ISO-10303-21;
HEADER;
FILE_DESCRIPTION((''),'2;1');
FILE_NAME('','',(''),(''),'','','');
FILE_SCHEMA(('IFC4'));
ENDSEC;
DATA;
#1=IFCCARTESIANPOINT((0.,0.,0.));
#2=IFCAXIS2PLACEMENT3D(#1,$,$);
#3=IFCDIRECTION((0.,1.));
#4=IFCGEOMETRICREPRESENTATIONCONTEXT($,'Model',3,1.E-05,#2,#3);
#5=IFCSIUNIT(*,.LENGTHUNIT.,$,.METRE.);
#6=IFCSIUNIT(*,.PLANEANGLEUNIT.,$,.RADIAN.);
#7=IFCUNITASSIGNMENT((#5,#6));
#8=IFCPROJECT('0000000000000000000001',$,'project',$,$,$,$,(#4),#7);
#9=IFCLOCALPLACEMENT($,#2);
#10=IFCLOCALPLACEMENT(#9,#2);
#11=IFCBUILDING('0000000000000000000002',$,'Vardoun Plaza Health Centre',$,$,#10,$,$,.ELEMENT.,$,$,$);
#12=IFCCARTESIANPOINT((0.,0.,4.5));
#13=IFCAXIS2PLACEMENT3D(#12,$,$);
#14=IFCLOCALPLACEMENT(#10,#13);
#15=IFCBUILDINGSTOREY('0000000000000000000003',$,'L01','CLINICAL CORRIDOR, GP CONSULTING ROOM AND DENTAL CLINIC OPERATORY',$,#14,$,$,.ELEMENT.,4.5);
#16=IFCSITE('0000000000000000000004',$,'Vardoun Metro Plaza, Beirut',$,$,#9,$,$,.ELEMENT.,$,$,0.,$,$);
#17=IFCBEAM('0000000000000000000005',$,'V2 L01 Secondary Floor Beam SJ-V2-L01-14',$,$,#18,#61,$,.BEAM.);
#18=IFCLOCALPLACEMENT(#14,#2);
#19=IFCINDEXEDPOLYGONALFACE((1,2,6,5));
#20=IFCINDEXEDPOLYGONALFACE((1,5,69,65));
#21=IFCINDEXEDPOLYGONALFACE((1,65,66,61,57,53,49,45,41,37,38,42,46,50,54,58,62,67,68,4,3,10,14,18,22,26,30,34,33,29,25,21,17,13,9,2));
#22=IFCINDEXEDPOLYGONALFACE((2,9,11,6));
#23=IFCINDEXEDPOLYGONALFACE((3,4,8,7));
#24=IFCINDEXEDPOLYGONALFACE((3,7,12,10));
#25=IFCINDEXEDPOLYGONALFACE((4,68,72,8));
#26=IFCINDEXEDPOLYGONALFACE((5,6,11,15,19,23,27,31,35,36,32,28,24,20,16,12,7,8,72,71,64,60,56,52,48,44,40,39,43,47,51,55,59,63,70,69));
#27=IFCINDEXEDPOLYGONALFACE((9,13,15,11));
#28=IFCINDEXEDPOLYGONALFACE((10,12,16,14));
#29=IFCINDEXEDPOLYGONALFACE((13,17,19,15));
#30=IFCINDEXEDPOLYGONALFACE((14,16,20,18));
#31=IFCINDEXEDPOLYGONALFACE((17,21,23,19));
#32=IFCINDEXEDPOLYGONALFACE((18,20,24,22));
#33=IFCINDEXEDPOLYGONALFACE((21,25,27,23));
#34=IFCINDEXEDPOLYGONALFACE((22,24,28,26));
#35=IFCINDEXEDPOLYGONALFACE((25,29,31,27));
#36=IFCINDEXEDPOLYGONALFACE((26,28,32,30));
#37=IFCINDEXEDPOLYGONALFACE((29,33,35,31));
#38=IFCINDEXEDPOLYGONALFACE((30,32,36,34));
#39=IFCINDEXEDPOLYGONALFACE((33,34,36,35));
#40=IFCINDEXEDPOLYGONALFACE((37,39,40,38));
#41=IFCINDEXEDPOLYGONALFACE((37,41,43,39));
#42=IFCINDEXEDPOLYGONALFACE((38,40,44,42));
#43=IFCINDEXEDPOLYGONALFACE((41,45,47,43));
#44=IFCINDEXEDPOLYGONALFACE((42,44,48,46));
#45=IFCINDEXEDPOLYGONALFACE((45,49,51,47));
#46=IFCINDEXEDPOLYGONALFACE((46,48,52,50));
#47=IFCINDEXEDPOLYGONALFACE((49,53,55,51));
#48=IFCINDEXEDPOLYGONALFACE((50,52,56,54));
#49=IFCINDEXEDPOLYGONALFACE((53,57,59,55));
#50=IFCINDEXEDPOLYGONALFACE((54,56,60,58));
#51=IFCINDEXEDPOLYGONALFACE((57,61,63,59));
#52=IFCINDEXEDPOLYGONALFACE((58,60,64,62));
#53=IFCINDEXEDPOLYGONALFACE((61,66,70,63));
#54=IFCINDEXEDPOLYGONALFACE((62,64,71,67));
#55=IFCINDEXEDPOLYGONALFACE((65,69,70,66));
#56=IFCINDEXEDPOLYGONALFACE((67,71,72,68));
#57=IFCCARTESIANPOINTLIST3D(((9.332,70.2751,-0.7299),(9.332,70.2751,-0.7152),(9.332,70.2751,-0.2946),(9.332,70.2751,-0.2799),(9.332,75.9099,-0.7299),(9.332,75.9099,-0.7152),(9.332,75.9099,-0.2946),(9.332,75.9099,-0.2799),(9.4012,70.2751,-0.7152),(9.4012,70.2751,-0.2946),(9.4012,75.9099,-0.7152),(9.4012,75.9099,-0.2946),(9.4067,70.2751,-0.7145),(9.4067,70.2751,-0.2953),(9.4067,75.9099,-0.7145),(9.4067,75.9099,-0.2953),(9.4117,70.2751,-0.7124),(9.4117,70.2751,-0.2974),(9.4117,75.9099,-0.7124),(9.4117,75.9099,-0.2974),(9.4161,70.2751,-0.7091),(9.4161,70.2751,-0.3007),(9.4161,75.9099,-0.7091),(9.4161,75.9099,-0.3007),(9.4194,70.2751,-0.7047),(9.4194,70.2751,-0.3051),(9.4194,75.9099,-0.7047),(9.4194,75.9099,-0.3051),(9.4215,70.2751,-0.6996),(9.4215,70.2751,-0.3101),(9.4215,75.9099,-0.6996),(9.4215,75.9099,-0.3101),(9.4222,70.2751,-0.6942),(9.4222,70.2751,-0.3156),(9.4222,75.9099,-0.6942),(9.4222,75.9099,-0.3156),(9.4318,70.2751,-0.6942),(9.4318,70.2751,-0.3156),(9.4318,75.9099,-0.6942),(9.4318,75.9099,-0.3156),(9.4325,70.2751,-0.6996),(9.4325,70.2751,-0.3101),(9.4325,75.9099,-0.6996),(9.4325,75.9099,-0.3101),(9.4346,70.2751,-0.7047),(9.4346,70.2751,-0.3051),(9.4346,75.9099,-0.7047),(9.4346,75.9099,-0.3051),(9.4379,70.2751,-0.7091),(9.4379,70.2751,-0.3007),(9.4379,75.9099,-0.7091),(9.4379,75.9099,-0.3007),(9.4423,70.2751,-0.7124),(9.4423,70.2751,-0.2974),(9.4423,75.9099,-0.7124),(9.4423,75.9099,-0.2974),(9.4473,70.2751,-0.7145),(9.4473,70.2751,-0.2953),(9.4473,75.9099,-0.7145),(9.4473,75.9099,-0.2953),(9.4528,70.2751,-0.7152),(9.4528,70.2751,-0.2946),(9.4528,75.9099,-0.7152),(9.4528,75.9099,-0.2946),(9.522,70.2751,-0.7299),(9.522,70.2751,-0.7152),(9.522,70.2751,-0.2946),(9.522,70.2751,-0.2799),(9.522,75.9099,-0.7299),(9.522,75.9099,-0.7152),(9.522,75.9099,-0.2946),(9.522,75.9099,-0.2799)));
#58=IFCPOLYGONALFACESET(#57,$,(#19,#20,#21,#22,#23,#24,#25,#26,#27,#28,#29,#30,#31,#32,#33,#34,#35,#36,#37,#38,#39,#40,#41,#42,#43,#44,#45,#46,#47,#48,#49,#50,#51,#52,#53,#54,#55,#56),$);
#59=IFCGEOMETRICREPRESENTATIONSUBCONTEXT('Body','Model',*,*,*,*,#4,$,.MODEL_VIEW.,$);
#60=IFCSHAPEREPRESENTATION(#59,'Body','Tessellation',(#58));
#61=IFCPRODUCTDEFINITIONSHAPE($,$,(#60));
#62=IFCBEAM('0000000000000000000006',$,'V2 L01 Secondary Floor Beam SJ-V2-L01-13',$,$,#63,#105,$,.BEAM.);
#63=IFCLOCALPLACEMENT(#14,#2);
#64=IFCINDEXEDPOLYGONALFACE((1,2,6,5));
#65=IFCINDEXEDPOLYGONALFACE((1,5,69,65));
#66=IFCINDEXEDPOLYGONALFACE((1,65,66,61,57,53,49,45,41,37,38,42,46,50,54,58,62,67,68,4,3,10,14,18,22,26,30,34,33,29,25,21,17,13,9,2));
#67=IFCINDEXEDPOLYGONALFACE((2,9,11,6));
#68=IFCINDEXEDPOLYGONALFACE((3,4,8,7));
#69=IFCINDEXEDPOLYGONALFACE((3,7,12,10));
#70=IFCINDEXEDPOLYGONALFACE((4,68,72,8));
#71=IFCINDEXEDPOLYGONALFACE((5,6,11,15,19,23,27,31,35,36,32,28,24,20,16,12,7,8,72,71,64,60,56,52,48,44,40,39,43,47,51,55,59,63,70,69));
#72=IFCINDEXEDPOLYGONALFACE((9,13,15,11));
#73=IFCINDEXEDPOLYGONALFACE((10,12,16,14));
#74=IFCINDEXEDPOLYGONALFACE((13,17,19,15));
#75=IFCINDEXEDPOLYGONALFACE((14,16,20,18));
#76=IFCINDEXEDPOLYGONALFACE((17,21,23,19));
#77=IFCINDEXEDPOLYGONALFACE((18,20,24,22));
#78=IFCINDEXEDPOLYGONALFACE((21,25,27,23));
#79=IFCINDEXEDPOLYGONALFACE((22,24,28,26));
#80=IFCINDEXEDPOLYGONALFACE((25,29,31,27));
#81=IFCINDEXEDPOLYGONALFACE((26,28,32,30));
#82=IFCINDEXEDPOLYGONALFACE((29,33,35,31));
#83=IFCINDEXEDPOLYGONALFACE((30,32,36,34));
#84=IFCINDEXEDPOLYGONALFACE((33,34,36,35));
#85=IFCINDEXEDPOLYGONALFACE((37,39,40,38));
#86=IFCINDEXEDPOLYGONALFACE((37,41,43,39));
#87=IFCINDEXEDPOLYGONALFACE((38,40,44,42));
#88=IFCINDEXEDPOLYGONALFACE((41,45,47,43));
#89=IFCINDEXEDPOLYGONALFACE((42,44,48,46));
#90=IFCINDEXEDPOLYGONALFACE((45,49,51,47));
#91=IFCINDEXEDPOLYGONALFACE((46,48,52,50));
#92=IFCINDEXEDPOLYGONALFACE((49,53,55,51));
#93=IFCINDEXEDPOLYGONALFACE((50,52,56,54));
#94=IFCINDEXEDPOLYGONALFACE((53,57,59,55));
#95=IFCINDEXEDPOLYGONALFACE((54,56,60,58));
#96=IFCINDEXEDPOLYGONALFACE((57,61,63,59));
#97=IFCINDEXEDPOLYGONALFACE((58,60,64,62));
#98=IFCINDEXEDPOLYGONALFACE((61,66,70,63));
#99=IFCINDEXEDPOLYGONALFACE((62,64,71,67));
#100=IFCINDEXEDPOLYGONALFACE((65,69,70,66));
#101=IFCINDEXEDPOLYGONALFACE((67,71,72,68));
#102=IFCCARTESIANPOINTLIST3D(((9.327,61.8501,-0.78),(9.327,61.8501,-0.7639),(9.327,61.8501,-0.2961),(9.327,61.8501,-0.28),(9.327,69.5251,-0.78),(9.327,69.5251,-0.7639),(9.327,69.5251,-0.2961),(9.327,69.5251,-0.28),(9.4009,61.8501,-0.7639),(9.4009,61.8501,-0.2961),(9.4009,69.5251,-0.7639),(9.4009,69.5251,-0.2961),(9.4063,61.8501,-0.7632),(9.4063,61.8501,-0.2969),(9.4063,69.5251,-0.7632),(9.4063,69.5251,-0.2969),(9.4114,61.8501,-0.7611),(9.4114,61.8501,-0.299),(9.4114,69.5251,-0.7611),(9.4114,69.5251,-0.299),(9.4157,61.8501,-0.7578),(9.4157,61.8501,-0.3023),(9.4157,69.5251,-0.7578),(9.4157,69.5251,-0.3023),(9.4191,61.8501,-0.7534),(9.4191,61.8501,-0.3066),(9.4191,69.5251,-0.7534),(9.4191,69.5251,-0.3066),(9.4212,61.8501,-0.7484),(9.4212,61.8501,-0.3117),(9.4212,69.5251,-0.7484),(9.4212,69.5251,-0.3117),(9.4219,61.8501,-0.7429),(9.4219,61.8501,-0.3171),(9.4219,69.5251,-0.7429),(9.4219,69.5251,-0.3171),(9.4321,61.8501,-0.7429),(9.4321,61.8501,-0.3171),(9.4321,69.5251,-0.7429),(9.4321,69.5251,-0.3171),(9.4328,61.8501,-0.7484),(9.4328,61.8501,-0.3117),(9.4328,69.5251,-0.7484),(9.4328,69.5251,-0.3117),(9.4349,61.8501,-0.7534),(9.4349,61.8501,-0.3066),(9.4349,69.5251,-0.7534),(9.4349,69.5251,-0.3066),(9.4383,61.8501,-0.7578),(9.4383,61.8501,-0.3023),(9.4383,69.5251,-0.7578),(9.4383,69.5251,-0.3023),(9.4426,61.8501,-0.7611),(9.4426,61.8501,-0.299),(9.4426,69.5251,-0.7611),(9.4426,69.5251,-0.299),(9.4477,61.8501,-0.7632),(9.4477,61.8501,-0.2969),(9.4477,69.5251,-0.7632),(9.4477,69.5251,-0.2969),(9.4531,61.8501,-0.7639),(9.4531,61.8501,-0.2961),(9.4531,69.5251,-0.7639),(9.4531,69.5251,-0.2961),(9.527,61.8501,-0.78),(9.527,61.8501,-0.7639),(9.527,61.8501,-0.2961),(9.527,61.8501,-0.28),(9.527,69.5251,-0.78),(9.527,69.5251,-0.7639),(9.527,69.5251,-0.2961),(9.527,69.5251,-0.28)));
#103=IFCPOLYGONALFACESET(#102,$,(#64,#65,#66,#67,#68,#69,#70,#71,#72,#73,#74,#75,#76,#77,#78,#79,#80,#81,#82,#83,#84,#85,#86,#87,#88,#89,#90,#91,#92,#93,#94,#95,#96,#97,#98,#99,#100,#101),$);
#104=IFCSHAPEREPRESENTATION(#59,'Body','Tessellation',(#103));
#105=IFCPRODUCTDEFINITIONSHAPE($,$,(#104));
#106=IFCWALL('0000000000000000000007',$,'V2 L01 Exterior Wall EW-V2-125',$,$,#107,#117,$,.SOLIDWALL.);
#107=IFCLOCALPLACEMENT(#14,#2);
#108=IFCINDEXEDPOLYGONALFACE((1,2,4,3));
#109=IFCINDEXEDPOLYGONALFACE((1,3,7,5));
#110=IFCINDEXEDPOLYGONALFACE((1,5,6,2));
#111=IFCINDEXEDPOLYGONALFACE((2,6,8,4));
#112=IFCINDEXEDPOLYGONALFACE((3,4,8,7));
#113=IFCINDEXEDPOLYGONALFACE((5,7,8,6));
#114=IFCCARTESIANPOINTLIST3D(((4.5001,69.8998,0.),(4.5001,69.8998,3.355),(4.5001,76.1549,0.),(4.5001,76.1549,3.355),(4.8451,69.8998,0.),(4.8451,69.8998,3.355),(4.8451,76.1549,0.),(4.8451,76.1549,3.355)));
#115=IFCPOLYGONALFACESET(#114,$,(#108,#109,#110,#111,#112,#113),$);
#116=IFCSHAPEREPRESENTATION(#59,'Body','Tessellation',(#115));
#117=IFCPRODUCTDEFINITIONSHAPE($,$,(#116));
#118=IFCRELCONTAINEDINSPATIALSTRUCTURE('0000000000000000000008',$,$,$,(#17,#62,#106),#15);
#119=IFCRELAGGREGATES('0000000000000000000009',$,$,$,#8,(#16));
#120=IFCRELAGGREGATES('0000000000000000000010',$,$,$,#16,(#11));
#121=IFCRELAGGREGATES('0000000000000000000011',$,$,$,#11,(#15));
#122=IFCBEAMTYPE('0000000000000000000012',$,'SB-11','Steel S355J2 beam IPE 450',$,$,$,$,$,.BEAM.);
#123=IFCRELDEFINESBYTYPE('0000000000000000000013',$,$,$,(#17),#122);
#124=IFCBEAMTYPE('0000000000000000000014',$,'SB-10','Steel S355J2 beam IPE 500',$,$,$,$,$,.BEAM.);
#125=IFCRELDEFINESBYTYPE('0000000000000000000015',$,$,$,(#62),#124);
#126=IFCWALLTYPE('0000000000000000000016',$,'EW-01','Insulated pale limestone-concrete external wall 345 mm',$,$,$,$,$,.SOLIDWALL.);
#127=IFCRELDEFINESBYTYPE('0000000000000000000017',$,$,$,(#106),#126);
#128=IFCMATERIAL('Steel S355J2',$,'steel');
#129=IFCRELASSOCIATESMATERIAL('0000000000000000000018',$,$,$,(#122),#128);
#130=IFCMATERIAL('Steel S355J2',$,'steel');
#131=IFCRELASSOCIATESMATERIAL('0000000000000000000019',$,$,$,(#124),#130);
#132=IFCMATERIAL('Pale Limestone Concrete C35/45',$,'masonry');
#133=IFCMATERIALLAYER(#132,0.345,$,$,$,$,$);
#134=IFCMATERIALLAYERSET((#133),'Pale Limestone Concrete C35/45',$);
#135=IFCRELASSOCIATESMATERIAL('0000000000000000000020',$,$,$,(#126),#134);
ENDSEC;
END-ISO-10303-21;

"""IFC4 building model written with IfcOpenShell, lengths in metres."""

from ifc_helpers import new_model, si_unit, direction, frame, frame_2d, origin, origin_2d, place, context, subcontext, project, spatial, rectangle, i_section, extrude, material, layer, layer_set, material_profile, profile_set, type_object, element, save


model = new_model("IFC4")

# Units and contexts
model_context = context("Model", 3, precision=1e-05, world=origin(), true_north=direction((0.0, 1.0)))
body_context = subcontext(model_context, "Body", "Model", "MODEL_VIEW")
ifc_project = project(units=[si_unit("LENGTHUNIT", "METRE"), si_unit("PLANEANGLEUNIT", "RADIAN")], contexts=[model_context])

# Site, building, storey
site_placement = place(None, origin())
site = spatial("IfcSite", under=ifc_project, at=site_placement, Name="Vardoun Metro Plaza, Beirut", CompositionType="ELEMENT", RefElevation=0.0)
building_placement = place(site_placement, origin())
building = spatial("IfcBuilding", under=site, at=building_placement, Name="Vardoun Plaza Health Centre", CompositionType="ELEMENT")
storey_placement = place(building_placement, frame((0.0, 0.0, 4.5)))
storey = spatial("IfcBuildingStorey", under=building, at=storey_placement, Name="L01", Description="CLINICAL CORRIDOR, GP CONSULTING ROOM AND DENTAL CLINIC OPERATORY", CompositionType="ELEMENT", Elevation=4.5)

# Beams
ifc_material_1 = material(Name="Steel S355J2", Category="steel")
ifc_material_profile_1 = material_profile(ifc_material_1, i_section(OverallWidth=0.1899, OverallDepth=0.45, WebThickness=0.0095, FlangeThickness=0.0146, FilletRadius=0.021, at=origin_2d()), Name="IPE 450")
ifc_profile_set_1 = profile_set([ifc_material_profile_1], Name="Steel S355J2")
beam_type_1 = type_object("IfcBeamType", Name="SB-11", Description="Steel S355J2 beam IPE 450", PredefinedType="BEAM", material=ifc_profile_set_1)
beam_1_placement = place(storey_placement, frame((9.427, 70.2751, -0.5049), z_axis=(0.0, 1.0, 0.0), x_axis=(-1.0, 0.0, 0.0)))
element("IfcBeam", 1, at=beam_1_placement, inside=storey, type_object=beam_type_1, Name="V2 L01 Secondary Floor Beam SJ-V2-L01-14", PredefinedType="BEAM", context=body_context, shape_type="SweptSolid", body=[
    extrude(i_section(OverallWidth=0.1899, OverallDepth=0.45, WebThickness=0.0095, FlangeThickness=0.0146, FilletRadius=0.021, at=origin_2d()), origin(), (0.0, 0.0, 1.0), 5.6348),
])
ifc_material_2 = material(Name="Steel S355J2", Category="steel")
ifc_material_profile_2 = material_profile(ifc_material_2, i_section(OverallWidth=0.2, OverallDepth=0.5, WebThickness=0.0103, FlangeThickness=0.0161, FilletRadius=0.021, at=origin_2d()), Name="IPE 500")
ifc_profile_set_2 = profile_set([ifc_material_profile_2], Name="Steel S355J2")
beam_type_2 = type_object("IfcBeamType", Name="SB-10", Description="Steel S355J2 beam IPE 500", PredefinedType="BEAM", material=ifc_profile_set_2)
beam_2_placement = place(storey_placement, frame((9.427, 61.8501, -0.53), z_axis=(0.0, 1.0, 0.0), x_axis=(-1.0, 0.0, 0.0)))
element("IfcBeam", 2, at=beam_2_placement, inside=storey, type_object=beam_type_2, Name="V2 L01 Secondary Floor Beam SJ-V2-L01-13", PredefinedType="BEAM", context=body_context, shape_type="SweptSolid", body=[
    extrude(i_section(OverallWidth=0.2, OverallDepth=0.5, WebThickness=0.0103, FlangeThickness=0.0161, FilletRadius=0.021, at=origin_2d()), origin(), (0.0, 0.0, 1.0), 7.675),
])

# Shared definitions
ifc_material_3 = material(Name="Pale Limestone Concrete C35/45", Category="masonry")
ifc_layer = layer(ifc_material_3, 0.345)
ifc_layer_set = layer_set([ifc_layer], Name="Pale Limestone Concrete C35/45")
wall_type = type_object("IfcWallType", Name="EW-01", Description="Insulated pale limestone-concrete external wall 345 mm", PredefinedType="SOLIDWALL", material=ifc_layer_set)

# Wall
wall_1_placement = place(storey_placement, frame((4.6726, 69.8999, 0.0), z_axis=(0.0, 0.0, 1.0), x_axis=(0.0, 1.0, 0.0)))
element("IfcWall", 3, at=wall_1_placement, inside=storey, type_object=wall_type, Name="V2 L01 Exterior Wall EW-V2-125", PredefinedType="SOLIDWALL", context=body_context, shape_type="SweptSolid", body=[
    extrude(rectangle(XDim=6.2551, YDim=0.345, at=frame_2d((3.1274, 0.0))), origin(), (0.0, 0.0, 1.0), 3.355),
])

save(model, "model.ifc")
